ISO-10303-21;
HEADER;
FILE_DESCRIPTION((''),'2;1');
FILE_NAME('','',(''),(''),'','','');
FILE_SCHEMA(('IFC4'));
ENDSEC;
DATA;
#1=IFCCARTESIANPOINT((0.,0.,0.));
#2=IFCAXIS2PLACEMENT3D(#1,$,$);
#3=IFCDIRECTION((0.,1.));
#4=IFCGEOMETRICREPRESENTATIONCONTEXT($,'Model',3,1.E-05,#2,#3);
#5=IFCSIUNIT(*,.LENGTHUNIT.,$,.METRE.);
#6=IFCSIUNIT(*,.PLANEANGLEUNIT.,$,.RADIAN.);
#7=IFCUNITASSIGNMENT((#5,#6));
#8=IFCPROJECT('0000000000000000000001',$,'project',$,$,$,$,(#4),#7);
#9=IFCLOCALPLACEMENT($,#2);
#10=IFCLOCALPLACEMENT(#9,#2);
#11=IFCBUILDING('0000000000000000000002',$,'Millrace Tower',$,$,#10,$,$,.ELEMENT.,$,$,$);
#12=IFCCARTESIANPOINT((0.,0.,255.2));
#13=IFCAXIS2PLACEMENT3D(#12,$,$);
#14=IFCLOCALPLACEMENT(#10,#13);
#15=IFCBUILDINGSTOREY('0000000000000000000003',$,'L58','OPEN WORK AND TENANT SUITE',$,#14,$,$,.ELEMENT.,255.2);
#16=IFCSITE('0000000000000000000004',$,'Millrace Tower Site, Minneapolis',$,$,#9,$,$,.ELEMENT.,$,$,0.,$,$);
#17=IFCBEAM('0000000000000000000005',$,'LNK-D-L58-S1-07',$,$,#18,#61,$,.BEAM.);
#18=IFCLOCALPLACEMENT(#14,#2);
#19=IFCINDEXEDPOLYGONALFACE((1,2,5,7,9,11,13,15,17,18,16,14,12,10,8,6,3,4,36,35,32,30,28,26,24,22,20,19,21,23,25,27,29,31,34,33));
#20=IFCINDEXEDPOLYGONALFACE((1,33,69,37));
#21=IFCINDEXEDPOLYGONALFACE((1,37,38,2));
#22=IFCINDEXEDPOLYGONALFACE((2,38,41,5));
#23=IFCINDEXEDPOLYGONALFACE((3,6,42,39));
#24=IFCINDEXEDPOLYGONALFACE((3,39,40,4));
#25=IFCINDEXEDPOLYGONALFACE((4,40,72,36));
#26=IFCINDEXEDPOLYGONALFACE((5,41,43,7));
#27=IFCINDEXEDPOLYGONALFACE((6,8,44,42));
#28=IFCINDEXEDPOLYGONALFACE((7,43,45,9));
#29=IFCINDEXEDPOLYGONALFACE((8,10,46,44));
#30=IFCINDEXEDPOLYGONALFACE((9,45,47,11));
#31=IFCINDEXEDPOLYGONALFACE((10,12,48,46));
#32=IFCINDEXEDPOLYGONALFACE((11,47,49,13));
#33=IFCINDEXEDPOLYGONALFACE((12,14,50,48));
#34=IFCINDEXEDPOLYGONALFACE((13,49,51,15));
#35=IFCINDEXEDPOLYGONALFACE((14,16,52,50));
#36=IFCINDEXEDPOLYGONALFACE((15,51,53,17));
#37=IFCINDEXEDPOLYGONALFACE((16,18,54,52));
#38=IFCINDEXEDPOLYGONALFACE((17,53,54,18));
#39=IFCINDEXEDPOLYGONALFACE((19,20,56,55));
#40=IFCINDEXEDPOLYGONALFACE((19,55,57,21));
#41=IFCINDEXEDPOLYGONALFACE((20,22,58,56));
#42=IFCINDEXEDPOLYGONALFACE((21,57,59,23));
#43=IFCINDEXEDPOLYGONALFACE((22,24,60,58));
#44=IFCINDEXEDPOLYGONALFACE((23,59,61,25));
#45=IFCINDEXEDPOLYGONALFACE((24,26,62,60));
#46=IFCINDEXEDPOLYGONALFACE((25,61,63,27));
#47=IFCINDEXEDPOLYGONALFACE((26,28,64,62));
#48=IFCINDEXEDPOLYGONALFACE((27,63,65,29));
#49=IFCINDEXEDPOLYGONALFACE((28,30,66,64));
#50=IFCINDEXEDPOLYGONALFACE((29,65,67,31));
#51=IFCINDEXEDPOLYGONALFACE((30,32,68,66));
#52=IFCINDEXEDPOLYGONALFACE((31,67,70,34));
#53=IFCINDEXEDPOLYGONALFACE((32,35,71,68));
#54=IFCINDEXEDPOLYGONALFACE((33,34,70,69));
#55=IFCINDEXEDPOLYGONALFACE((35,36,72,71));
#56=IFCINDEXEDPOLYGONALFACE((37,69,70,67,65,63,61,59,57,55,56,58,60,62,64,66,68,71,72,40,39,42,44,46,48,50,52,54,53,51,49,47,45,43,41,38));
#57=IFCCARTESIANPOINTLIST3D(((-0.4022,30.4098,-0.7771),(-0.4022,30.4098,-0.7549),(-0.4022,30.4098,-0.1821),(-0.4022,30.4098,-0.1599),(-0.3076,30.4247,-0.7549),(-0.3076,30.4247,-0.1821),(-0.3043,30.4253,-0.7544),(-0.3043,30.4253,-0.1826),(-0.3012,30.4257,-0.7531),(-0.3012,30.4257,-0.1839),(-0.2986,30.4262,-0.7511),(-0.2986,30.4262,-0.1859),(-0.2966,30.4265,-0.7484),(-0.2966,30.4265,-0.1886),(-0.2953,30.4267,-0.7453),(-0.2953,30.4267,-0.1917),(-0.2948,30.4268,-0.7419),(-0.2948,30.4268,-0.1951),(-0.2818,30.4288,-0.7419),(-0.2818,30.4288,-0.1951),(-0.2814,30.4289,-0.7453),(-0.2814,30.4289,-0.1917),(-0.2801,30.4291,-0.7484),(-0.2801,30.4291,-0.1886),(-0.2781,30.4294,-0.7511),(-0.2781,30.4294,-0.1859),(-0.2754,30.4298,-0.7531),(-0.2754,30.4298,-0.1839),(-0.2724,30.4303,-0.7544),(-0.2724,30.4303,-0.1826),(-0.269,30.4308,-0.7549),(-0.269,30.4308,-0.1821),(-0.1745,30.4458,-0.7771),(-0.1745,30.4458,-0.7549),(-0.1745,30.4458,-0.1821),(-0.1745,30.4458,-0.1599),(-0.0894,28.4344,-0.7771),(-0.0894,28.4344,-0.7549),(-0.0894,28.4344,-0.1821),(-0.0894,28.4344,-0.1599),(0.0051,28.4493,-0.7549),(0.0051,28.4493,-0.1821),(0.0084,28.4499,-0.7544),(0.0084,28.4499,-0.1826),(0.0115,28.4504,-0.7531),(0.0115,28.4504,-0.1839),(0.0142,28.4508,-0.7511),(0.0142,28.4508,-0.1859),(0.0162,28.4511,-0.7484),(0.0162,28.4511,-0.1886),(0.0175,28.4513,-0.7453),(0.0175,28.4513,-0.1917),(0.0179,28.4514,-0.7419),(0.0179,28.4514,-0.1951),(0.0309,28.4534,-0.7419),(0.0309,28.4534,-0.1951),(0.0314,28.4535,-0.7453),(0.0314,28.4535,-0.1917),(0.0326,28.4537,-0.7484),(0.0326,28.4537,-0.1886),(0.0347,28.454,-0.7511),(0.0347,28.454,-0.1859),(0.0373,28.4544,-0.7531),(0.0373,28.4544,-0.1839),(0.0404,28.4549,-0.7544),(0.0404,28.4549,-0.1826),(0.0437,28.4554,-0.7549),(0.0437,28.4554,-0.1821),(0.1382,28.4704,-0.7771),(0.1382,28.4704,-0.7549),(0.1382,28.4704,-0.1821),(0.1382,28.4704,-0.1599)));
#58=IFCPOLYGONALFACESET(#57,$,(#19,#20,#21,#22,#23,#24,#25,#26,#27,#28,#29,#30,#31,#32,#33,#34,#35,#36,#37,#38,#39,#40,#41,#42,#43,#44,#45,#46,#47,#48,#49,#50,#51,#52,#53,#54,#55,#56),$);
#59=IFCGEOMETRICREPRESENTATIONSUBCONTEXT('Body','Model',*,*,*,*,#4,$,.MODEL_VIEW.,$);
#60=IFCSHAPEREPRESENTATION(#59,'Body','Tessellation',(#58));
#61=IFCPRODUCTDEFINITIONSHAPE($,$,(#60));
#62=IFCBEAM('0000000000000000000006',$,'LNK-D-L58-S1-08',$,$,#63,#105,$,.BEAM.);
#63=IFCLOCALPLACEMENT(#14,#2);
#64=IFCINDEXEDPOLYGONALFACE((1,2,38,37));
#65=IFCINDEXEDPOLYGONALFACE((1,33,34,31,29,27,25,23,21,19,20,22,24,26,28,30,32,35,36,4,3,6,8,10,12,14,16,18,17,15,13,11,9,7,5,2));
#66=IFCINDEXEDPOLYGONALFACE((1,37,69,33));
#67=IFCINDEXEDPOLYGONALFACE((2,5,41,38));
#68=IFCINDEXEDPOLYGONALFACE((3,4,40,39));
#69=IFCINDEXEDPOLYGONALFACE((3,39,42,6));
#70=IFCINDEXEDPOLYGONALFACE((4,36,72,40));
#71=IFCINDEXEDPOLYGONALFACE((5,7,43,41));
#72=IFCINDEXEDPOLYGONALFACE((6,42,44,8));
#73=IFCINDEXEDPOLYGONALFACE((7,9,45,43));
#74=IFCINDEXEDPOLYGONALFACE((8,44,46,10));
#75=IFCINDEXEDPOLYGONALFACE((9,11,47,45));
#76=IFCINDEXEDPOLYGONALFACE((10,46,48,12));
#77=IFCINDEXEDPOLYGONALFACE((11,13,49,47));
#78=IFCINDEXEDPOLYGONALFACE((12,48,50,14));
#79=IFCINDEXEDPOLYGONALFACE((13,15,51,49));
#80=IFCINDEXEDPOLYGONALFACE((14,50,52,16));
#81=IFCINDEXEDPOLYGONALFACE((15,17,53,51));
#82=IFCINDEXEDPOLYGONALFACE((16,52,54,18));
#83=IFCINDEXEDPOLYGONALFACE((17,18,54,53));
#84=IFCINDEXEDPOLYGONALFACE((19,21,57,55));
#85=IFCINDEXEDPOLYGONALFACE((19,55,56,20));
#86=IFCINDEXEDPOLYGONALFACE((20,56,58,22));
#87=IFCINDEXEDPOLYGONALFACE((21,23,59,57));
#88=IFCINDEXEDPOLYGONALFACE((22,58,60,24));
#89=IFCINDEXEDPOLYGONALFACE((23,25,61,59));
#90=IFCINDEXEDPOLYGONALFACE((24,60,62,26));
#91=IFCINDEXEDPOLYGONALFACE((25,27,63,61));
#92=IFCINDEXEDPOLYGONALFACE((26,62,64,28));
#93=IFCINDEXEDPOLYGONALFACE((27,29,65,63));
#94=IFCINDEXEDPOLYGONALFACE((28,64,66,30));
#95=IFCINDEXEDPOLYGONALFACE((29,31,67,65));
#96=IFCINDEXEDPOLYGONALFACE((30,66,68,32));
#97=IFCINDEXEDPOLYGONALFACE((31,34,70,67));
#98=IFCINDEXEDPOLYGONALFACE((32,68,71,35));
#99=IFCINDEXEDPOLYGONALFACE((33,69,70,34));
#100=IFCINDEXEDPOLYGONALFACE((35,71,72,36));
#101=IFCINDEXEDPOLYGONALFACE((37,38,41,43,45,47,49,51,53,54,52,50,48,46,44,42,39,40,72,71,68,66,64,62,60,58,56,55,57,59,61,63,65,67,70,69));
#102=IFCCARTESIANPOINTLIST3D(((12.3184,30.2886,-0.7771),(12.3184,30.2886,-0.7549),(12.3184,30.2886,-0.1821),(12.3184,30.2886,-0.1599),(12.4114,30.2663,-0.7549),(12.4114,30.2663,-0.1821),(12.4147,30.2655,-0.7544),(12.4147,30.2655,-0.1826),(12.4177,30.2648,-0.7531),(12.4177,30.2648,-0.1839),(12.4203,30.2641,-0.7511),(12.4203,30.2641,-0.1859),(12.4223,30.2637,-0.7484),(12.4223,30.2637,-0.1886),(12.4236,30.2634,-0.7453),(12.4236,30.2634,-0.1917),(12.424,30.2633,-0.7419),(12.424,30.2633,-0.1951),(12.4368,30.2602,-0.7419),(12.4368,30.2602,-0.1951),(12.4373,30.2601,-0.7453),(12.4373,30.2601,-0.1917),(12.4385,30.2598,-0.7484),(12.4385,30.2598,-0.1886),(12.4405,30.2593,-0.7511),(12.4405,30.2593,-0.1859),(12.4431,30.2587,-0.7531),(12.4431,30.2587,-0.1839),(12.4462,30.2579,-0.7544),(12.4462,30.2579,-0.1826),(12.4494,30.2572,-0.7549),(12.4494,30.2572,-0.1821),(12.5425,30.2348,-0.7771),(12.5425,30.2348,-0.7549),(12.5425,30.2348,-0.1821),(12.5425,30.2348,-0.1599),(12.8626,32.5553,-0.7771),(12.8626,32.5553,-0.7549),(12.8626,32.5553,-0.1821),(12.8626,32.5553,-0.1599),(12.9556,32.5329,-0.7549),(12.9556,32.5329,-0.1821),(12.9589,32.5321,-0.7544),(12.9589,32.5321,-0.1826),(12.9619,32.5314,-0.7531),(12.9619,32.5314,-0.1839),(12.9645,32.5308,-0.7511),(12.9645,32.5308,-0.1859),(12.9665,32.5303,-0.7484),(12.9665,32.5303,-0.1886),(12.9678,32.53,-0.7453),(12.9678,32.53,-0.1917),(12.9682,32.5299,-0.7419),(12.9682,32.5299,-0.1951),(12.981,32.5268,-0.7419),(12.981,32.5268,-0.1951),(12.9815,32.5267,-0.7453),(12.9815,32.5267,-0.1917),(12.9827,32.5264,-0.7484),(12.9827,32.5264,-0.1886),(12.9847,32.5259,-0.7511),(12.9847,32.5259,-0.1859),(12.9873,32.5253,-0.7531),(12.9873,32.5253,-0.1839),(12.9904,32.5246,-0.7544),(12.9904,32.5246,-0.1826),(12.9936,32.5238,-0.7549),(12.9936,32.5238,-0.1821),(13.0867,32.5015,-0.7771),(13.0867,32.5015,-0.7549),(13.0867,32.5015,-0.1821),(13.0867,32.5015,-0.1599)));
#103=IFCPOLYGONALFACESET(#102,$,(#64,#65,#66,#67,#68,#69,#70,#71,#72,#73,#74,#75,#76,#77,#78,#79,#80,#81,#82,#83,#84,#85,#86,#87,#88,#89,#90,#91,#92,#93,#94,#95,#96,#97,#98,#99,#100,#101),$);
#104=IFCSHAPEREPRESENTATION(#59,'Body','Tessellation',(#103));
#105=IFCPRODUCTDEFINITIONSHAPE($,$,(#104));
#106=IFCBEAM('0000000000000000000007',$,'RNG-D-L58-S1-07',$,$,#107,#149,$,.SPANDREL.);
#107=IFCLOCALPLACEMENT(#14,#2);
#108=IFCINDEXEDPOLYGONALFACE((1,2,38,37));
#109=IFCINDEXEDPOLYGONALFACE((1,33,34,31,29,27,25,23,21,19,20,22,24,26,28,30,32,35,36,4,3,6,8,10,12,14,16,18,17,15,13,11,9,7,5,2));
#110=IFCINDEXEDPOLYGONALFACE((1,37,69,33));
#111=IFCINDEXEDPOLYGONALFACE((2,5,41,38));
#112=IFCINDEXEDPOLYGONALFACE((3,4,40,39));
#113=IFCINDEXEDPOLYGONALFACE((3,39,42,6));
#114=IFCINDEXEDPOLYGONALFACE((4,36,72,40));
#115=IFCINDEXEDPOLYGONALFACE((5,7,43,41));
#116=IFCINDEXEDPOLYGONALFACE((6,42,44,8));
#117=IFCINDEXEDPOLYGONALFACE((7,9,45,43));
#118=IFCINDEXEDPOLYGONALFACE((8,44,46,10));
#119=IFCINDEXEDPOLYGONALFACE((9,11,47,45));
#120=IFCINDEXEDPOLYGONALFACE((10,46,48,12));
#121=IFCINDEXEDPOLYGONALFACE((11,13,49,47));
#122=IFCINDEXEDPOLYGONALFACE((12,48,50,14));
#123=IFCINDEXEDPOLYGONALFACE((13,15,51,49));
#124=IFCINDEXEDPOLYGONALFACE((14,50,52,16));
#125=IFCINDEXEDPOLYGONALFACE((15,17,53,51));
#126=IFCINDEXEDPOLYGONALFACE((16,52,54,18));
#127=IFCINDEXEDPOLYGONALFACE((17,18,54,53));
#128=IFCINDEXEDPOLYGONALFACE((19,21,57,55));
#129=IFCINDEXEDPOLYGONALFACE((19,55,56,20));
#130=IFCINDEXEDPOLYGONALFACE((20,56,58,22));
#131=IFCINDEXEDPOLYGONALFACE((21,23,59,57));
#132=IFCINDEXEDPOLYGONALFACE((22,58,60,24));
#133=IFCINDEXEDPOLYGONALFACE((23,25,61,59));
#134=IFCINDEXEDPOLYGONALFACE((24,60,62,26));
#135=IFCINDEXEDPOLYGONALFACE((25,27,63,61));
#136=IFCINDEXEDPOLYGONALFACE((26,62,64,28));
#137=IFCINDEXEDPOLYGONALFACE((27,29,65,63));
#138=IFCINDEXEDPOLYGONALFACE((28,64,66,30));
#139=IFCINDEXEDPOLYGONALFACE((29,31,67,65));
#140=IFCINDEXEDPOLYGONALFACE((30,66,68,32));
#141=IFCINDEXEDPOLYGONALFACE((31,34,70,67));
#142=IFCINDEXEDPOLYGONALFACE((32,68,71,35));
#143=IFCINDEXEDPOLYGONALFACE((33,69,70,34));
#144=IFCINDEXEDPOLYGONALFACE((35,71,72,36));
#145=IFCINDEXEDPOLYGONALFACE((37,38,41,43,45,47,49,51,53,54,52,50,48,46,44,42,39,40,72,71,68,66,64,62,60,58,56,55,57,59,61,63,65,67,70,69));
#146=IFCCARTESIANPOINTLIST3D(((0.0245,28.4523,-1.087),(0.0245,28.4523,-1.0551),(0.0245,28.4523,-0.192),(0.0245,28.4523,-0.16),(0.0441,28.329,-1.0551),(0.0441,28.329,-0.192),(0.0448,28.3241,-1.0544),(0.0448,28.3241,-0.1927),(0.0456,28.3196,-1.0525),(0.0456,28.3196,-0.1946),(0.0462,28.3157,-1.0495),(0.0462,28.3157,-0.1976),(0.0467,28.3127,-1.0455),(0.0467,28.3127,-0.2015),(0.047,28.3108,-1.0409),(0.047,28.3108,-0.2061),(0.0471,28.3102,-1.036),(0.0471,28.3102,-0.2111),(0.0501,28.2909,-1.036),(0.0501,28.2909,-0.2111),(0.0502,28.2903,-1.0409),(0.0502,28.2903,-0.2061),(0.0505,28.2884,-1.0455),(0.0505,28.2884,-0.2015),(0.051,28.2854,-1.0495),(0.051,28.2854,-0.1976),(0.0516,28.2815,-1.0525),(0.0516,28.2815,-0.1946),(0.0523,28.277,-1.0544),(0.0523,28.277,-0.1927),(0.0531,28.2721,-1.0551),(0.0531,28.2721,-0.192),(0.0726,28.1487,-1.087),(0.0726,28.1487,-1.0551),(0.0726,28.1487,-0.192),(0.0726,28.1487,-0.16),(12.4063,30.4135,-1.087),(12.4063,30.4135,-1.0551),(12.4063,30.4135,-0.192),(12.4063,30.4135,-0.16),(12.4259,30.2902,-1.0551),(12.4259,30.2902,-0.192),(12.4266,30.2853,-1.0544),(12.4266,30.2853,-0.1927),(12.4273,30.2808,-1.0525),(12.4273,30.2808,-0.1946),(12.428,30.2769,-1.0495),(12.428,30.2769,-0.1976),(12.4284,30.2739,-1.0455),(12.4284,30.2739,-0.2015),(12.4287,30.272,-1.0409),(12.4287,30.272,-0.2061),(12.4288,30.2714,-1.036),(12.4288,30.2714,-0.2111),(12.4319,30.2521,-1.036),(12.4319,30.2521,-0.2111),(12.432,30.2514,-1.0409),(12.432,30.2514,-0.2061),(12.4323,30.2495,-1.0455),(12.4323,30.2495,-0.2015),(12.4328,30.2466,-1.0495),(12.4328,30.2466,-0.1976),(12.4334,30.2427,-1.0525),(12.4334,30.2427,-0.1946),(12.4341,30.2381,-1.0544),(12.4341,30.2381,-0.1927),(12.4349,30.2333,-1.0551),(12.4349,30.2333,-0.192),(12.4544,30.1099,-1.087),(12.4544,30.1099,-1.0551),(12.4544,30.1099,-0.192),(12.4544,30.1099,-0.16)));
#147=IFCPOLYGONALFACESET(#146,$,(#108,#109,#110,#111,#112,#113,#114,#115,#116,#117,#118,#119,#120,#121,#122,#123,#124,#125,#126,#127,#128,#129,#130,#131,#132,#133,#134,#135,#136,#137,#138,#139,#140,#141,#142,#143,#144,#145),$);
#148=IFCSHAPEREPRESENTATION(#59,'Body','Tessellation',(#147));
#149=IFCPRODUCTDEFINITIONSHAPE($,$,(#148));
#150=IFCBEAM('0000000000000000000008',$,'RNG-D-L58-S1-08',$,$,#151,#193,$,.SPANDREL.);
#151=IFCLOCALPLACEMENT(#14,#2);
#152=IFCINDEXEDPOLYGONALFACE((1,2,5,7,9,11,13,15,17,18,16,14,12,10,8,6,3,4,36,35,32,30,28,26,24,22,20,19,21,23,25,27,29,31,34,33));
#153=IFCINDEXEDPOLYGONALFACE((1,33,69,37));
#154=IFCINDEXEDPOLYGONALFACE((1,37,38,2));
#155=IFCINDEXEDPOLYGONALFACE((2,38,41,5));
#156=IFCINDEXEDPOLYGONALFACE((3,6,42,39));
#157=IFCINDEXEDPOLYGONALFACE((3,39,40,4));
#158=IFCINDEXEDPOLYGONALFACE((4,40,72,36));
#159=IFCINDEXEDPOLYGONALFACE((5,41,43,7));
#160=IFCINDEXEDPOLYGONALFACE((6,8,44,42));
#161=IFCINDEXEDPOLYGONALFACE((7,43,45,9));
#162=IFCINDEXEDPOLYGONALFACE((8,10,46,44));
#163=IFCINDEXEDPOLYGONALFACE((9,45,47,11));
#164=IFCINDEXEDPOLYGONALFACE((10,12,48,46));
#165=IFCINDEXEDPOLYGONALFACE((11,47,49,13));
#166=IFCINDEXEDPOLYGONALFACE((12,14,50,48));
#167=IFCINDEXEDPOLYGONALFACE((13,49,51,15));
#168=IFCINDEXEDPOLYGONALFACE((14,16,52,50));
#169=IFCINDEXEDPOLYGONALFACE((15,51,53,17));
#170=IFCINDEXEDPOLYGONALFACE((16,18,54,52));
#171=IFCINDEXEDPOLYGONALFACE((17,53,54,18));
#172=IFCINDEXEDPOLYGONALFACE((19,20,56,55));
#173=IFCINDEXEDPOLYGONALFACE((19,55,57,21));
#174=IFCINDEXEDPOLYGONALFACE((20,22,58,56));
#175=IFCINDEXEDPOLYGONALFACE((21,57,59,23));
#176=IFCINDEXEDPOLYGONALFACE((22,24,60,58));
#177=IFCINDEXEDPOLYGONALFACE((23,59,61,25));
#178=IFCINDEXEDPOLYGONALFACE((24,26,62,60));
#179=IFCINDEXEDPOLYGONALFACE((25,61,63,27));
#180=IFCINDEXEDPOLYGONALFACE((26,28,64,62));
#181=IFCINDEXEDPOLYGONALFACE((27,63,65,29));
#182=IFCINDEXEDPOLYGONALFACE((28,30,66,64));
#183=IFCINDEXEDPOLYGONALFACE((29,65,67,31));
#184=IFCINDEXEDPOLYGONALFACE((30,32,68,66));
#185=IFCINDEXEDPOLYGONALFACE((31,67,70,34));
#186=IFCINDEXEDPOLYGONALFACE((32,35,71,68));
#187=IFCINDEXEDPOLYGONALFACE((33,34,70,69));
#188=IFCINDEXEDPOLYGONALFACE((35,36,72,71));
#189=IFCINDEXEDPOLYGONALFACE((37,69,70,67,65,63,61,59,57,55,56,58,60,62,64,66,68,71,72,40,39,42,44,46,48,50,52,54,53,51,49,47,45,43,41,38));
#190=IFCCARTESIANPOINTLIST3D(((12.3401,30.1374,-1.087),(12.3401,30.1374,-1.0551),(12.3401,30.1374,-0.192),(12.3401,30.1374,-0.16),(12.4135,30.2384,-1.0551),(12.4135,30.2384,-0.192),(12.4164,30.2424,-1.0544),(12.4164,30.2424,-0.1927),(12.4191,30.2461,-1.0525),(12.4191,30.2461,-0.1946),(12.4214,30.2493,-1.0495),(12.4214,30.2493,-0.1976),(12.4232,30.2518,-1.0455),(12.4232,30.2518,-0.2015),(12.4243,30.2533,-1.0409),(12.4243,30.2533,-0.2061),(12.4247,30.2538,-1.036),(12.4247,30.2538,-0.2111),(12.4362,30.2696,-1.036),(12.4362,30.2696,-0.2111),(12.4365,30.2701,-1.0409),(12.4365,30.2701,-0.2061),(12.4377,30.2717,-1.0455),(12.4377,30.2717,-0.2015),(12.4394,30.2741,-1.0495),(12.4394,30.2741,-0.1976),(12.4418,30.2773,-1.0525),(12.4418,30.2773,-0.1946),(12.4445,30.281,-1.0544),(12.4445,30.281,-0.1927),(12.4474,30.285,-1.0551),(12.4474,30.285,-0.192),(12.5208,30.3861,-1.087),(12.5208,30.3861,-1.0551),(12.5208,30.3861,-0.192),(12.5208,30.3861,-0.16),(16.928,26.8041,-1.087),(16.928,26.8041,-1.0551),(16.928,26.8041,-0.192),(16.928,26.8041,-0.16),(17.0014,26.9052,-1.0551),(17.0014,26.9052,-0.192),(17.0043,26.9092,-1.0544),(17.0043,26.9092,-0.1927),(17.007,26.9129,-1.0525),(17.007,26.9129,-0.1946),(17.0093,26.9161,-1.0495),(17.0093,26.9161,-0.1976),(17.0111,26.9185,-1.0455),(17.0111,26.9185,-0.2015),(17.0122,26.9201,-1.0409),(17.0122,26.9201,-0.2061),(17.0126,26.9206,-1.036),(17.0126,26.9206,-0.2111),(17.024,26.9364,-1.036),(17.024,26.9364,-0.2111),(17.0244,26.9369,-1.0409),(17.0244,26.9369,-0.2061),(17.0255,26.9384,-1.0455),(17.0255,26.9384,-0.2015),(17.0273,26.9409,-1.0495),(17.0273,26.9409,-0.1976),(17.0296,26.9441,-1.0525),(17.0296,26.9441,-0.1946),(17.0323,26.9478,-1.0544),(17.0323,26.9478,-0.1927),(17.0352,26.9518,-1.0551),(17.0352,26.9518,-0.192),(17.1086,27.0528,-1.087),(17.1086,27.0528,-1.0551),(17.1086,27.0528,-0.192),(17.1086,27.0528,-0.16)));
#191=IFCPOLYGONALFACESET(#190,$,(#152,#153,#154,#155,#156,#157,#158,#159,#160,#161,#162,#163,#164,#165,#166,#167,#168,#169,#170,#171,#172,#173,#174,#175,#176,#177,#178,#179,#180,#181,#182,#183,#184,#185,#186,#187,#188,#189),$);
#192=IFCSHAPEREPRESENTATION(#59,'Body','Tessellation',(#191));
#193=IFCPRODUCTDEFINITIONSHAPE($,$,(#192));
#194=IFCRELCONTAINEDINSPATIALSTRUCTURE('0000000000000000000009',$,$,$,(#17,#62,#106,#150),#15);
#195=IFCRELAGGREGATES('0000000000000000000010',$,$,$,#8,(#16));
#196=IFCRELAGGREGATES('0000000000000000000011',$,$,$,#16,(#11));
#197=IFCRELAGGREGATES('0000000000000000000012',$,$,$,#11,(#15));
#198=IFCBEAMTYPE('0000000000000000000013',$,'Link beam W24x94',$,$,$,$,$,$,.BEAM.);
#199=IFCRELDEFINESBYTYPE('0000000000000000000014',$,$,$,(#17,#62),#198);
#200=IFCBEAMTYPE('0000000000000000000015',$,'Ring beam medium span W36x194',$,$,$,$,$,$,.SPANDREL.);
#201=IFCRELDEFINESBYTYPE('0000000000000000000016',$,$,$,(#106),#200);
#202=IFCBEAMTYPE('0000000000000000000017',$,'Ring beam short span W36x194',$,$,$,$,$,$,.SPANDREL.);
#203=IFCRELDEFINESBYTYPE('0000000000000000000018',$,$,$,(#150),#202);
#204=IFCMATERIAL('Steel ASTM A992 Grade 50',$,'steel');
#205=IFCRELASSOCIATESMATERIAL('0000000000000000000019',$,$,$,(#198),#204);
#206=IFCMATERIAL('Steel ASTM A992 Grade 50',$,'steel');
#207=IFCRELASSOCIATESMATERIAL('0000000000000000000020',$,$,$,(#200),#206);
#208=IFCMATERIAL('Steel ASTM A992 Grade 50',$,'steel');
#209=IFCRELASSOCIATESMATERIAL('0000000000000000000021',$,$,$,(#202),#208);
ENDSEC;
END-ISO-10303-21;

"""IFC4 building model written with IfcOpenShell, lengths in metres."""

from ifc_helpers import new_model, si_unit, direction, frame, origin, origin_2d, place, context, subcontext, project, spatial, i_section, extrude, material, material_profile, profile_set, type_object, element, save


model = new_model("IFC4")

# Units and contexts
model_context = context("Model", 3, precision=1e-05, world=origin(), true_north=direction((0.0, 1.0)))
body_context = subcontext(model_context, "Body", "Model", "MODEL_VIEW")
ifc_project = project(units=[si_unit("LENGTHUNIT", "METRE"), si_unit("PLANEANGLEUNIT", "RADIAN")], contexts=[model_context])

# Site, building, storey
site_placement = place(None, origin())
site = spatial("IfcSite", under=ifc_project, at=site_placement, Name="Millrace Tower Site, Minneapolis", CompositionType="ELEMENT", RefElevation=0.0)
building_placement = place(site_placement, origin())
building = spatial("IfcBuilding", under=site, at=building_placement, Name="Millrace Tower", CompositionType="ELEMENT")
storey_placement = place(building_placement, frame((0.0, 0.0, 255.2)))
storey = spatial("IfcBuildingStorey", under=building, at=storey_placement, Name="L58", Description="OPEN WORK AND TENANT SUITE", CompositionType="ELEMENT", Elevation=255.2)

# Beams
ifc_material_1 = material(Name="Steel ASTM A992 Grade 50", Category="steel")
ifc_material_profile_1 = material_profile(ifc_material_1, i_section(OverallWidth=0.2305, OverallDepth=0.6172, WebThickness=0.0132, FlangeThickness=0.0222, FilletRadius=0.0129, at=origin_2d()))
ifc_profile_set_1 = profile_set([ifc_material_profile_1], Name="Steel ASTM A992 Grade 50")
beam_type_1 = type_object("IfcBeamType", Name="Link beam W24x94", PredefinedType="BEAM", material=ifc_profile_set_1)
beam_1_placement = place(storey_placement, frame((0.0244, 28.4524, -0.4685), z_axis=(-0.156376, 0.987698, 0.0), x_axis=(-0.987698, -0.156376, 0.0)))
element("IfcBeam", 1, at=beam_1_placement, inside=storey, type_object=beam_type_1, Name="LNK-D-L58-S1-07", PredefinedType="BEAM", context=body_context, shape_type="SweptSolid", body=[
    extrude(i_section(OverallWidth=0.2305, OverallDepth=0.6172, WebThickness=0.0132, FlangeThickness=0.0222, FilletRadius=0.0129, at=origin_2d()), origin(), (0.0, 0.0, 1.0), 2.0),
])
beam_2_placement = place(storey_placement, frame((12.4304, 30.2617, -0.4685), z_axis=(0.233456, 0.972367, 0.0), x_axis=(-0.972367, 0.233456, 0.0)))
element("IfcBeam", 2, at=beam_2_placement, inside=storey, type_object=beam_type_1, Name="LNK-D-L58-S1-08", PredefinedType="BEAM", context=body_context, shape_type="SweptSolid", body=[
    extrude(i_section(OverallWidth=0.2305, OverallDepth=0.6172, WebThickness=0.0132, FlangeThickness=0.0222, FilletRadius=0.0129, at=origin_2d()), origin(), (0.0, 0.0, 1.0), 2.3311),
])
ifc_material_2 = material(Name="Steel ASTM A992 Grade 50", Category="steel")
ifc_material_profile_2 = material_profile(ifc_material_2, i_section(OverallWidth=0.3074, OverallDepth=0.927, WebThickness=0.0195, FlangeThickness=0.032, FilletRadius=0.019, at=origin_2d()))
ifc_profile_set_2 = profile_set([ifc_material_profile_2], Name="Steel ASTM A992 Grade 50")
beam_type_2 = type_object("IfcBeamType", Name="Ring beam medium span W36x194", PredefinedType="SPANDREL", material=ifc_profile_set_2)
beam_3_placement = place(storey_placement, frame((0.0486, 28.3005, -0.6235), z_axis=(0.987687, 0.156442, 0.0), x_axis=(-0.156442, 0.987687, 0.0)))
element("IfcBeam", 3, at=beam_3_placement, inside=storey, type_object=beam_type_2, Name="RNG-D-L58-S1-07", PredefinedType="SPANDREL", context=body_context, shape_type="SweptSolid", body=[
    extrude(i_section(OverallWidth=0.3074, OverallDepth=0.927, WebThickness=0.0195, FlangeThickness=0.032, FilletRadius=0.019, at=origin_2d()), origin(), (0.0, 0.0, 1.0), 12.5361),
])
ifc_material_3 = material(Name="Steel ASTM A992 Grade 50", Category="steel")
ifc_material_profile_3 = material_profile(ifc_material_3, i_section(OverallWidth=0.3074, OverallDepth=0.927, WebThickness=0.0195, FlangeThickness=0.032, FilletRadius=0.019, at=origin_2d()))
ifc_profile_set_3 = profile_set([ifc_material_profile_3], Name="Steel ASTM A992 Grade 50")
beam_type_3 = type_object("IfcBeamType", Name="Ring beam short span W36x194", PredefinedType="SPANDREL", material=ifc_profile_set_3)
beam_4_placement = place(storey_placement, frame((12.4304, 30.2617, -0.6235), z_axis=(0.809021, -0.58778, 0.0), x_axis=(0.58778, 0.809021, 0.0)))
element("IfcBeam", 4, at=beam_4_placement, inside=storey, type_object=beam_type_3, Name="RNG-D-L58-S1-08", PredefinedType="SPANDREL", context=body_context, shape_type="SweptSolid", body=[
    extrude(i_section(OverallWidth=0.3074, OverallDepth=0.927, WebThickness=0.0195, FlangeThickness=0.032, FilletRadius=0.019, at=origin_2d()), origin(), (0.0, 0.0, 1.0), 5.6709),
])

save(model, "model.ifc")
